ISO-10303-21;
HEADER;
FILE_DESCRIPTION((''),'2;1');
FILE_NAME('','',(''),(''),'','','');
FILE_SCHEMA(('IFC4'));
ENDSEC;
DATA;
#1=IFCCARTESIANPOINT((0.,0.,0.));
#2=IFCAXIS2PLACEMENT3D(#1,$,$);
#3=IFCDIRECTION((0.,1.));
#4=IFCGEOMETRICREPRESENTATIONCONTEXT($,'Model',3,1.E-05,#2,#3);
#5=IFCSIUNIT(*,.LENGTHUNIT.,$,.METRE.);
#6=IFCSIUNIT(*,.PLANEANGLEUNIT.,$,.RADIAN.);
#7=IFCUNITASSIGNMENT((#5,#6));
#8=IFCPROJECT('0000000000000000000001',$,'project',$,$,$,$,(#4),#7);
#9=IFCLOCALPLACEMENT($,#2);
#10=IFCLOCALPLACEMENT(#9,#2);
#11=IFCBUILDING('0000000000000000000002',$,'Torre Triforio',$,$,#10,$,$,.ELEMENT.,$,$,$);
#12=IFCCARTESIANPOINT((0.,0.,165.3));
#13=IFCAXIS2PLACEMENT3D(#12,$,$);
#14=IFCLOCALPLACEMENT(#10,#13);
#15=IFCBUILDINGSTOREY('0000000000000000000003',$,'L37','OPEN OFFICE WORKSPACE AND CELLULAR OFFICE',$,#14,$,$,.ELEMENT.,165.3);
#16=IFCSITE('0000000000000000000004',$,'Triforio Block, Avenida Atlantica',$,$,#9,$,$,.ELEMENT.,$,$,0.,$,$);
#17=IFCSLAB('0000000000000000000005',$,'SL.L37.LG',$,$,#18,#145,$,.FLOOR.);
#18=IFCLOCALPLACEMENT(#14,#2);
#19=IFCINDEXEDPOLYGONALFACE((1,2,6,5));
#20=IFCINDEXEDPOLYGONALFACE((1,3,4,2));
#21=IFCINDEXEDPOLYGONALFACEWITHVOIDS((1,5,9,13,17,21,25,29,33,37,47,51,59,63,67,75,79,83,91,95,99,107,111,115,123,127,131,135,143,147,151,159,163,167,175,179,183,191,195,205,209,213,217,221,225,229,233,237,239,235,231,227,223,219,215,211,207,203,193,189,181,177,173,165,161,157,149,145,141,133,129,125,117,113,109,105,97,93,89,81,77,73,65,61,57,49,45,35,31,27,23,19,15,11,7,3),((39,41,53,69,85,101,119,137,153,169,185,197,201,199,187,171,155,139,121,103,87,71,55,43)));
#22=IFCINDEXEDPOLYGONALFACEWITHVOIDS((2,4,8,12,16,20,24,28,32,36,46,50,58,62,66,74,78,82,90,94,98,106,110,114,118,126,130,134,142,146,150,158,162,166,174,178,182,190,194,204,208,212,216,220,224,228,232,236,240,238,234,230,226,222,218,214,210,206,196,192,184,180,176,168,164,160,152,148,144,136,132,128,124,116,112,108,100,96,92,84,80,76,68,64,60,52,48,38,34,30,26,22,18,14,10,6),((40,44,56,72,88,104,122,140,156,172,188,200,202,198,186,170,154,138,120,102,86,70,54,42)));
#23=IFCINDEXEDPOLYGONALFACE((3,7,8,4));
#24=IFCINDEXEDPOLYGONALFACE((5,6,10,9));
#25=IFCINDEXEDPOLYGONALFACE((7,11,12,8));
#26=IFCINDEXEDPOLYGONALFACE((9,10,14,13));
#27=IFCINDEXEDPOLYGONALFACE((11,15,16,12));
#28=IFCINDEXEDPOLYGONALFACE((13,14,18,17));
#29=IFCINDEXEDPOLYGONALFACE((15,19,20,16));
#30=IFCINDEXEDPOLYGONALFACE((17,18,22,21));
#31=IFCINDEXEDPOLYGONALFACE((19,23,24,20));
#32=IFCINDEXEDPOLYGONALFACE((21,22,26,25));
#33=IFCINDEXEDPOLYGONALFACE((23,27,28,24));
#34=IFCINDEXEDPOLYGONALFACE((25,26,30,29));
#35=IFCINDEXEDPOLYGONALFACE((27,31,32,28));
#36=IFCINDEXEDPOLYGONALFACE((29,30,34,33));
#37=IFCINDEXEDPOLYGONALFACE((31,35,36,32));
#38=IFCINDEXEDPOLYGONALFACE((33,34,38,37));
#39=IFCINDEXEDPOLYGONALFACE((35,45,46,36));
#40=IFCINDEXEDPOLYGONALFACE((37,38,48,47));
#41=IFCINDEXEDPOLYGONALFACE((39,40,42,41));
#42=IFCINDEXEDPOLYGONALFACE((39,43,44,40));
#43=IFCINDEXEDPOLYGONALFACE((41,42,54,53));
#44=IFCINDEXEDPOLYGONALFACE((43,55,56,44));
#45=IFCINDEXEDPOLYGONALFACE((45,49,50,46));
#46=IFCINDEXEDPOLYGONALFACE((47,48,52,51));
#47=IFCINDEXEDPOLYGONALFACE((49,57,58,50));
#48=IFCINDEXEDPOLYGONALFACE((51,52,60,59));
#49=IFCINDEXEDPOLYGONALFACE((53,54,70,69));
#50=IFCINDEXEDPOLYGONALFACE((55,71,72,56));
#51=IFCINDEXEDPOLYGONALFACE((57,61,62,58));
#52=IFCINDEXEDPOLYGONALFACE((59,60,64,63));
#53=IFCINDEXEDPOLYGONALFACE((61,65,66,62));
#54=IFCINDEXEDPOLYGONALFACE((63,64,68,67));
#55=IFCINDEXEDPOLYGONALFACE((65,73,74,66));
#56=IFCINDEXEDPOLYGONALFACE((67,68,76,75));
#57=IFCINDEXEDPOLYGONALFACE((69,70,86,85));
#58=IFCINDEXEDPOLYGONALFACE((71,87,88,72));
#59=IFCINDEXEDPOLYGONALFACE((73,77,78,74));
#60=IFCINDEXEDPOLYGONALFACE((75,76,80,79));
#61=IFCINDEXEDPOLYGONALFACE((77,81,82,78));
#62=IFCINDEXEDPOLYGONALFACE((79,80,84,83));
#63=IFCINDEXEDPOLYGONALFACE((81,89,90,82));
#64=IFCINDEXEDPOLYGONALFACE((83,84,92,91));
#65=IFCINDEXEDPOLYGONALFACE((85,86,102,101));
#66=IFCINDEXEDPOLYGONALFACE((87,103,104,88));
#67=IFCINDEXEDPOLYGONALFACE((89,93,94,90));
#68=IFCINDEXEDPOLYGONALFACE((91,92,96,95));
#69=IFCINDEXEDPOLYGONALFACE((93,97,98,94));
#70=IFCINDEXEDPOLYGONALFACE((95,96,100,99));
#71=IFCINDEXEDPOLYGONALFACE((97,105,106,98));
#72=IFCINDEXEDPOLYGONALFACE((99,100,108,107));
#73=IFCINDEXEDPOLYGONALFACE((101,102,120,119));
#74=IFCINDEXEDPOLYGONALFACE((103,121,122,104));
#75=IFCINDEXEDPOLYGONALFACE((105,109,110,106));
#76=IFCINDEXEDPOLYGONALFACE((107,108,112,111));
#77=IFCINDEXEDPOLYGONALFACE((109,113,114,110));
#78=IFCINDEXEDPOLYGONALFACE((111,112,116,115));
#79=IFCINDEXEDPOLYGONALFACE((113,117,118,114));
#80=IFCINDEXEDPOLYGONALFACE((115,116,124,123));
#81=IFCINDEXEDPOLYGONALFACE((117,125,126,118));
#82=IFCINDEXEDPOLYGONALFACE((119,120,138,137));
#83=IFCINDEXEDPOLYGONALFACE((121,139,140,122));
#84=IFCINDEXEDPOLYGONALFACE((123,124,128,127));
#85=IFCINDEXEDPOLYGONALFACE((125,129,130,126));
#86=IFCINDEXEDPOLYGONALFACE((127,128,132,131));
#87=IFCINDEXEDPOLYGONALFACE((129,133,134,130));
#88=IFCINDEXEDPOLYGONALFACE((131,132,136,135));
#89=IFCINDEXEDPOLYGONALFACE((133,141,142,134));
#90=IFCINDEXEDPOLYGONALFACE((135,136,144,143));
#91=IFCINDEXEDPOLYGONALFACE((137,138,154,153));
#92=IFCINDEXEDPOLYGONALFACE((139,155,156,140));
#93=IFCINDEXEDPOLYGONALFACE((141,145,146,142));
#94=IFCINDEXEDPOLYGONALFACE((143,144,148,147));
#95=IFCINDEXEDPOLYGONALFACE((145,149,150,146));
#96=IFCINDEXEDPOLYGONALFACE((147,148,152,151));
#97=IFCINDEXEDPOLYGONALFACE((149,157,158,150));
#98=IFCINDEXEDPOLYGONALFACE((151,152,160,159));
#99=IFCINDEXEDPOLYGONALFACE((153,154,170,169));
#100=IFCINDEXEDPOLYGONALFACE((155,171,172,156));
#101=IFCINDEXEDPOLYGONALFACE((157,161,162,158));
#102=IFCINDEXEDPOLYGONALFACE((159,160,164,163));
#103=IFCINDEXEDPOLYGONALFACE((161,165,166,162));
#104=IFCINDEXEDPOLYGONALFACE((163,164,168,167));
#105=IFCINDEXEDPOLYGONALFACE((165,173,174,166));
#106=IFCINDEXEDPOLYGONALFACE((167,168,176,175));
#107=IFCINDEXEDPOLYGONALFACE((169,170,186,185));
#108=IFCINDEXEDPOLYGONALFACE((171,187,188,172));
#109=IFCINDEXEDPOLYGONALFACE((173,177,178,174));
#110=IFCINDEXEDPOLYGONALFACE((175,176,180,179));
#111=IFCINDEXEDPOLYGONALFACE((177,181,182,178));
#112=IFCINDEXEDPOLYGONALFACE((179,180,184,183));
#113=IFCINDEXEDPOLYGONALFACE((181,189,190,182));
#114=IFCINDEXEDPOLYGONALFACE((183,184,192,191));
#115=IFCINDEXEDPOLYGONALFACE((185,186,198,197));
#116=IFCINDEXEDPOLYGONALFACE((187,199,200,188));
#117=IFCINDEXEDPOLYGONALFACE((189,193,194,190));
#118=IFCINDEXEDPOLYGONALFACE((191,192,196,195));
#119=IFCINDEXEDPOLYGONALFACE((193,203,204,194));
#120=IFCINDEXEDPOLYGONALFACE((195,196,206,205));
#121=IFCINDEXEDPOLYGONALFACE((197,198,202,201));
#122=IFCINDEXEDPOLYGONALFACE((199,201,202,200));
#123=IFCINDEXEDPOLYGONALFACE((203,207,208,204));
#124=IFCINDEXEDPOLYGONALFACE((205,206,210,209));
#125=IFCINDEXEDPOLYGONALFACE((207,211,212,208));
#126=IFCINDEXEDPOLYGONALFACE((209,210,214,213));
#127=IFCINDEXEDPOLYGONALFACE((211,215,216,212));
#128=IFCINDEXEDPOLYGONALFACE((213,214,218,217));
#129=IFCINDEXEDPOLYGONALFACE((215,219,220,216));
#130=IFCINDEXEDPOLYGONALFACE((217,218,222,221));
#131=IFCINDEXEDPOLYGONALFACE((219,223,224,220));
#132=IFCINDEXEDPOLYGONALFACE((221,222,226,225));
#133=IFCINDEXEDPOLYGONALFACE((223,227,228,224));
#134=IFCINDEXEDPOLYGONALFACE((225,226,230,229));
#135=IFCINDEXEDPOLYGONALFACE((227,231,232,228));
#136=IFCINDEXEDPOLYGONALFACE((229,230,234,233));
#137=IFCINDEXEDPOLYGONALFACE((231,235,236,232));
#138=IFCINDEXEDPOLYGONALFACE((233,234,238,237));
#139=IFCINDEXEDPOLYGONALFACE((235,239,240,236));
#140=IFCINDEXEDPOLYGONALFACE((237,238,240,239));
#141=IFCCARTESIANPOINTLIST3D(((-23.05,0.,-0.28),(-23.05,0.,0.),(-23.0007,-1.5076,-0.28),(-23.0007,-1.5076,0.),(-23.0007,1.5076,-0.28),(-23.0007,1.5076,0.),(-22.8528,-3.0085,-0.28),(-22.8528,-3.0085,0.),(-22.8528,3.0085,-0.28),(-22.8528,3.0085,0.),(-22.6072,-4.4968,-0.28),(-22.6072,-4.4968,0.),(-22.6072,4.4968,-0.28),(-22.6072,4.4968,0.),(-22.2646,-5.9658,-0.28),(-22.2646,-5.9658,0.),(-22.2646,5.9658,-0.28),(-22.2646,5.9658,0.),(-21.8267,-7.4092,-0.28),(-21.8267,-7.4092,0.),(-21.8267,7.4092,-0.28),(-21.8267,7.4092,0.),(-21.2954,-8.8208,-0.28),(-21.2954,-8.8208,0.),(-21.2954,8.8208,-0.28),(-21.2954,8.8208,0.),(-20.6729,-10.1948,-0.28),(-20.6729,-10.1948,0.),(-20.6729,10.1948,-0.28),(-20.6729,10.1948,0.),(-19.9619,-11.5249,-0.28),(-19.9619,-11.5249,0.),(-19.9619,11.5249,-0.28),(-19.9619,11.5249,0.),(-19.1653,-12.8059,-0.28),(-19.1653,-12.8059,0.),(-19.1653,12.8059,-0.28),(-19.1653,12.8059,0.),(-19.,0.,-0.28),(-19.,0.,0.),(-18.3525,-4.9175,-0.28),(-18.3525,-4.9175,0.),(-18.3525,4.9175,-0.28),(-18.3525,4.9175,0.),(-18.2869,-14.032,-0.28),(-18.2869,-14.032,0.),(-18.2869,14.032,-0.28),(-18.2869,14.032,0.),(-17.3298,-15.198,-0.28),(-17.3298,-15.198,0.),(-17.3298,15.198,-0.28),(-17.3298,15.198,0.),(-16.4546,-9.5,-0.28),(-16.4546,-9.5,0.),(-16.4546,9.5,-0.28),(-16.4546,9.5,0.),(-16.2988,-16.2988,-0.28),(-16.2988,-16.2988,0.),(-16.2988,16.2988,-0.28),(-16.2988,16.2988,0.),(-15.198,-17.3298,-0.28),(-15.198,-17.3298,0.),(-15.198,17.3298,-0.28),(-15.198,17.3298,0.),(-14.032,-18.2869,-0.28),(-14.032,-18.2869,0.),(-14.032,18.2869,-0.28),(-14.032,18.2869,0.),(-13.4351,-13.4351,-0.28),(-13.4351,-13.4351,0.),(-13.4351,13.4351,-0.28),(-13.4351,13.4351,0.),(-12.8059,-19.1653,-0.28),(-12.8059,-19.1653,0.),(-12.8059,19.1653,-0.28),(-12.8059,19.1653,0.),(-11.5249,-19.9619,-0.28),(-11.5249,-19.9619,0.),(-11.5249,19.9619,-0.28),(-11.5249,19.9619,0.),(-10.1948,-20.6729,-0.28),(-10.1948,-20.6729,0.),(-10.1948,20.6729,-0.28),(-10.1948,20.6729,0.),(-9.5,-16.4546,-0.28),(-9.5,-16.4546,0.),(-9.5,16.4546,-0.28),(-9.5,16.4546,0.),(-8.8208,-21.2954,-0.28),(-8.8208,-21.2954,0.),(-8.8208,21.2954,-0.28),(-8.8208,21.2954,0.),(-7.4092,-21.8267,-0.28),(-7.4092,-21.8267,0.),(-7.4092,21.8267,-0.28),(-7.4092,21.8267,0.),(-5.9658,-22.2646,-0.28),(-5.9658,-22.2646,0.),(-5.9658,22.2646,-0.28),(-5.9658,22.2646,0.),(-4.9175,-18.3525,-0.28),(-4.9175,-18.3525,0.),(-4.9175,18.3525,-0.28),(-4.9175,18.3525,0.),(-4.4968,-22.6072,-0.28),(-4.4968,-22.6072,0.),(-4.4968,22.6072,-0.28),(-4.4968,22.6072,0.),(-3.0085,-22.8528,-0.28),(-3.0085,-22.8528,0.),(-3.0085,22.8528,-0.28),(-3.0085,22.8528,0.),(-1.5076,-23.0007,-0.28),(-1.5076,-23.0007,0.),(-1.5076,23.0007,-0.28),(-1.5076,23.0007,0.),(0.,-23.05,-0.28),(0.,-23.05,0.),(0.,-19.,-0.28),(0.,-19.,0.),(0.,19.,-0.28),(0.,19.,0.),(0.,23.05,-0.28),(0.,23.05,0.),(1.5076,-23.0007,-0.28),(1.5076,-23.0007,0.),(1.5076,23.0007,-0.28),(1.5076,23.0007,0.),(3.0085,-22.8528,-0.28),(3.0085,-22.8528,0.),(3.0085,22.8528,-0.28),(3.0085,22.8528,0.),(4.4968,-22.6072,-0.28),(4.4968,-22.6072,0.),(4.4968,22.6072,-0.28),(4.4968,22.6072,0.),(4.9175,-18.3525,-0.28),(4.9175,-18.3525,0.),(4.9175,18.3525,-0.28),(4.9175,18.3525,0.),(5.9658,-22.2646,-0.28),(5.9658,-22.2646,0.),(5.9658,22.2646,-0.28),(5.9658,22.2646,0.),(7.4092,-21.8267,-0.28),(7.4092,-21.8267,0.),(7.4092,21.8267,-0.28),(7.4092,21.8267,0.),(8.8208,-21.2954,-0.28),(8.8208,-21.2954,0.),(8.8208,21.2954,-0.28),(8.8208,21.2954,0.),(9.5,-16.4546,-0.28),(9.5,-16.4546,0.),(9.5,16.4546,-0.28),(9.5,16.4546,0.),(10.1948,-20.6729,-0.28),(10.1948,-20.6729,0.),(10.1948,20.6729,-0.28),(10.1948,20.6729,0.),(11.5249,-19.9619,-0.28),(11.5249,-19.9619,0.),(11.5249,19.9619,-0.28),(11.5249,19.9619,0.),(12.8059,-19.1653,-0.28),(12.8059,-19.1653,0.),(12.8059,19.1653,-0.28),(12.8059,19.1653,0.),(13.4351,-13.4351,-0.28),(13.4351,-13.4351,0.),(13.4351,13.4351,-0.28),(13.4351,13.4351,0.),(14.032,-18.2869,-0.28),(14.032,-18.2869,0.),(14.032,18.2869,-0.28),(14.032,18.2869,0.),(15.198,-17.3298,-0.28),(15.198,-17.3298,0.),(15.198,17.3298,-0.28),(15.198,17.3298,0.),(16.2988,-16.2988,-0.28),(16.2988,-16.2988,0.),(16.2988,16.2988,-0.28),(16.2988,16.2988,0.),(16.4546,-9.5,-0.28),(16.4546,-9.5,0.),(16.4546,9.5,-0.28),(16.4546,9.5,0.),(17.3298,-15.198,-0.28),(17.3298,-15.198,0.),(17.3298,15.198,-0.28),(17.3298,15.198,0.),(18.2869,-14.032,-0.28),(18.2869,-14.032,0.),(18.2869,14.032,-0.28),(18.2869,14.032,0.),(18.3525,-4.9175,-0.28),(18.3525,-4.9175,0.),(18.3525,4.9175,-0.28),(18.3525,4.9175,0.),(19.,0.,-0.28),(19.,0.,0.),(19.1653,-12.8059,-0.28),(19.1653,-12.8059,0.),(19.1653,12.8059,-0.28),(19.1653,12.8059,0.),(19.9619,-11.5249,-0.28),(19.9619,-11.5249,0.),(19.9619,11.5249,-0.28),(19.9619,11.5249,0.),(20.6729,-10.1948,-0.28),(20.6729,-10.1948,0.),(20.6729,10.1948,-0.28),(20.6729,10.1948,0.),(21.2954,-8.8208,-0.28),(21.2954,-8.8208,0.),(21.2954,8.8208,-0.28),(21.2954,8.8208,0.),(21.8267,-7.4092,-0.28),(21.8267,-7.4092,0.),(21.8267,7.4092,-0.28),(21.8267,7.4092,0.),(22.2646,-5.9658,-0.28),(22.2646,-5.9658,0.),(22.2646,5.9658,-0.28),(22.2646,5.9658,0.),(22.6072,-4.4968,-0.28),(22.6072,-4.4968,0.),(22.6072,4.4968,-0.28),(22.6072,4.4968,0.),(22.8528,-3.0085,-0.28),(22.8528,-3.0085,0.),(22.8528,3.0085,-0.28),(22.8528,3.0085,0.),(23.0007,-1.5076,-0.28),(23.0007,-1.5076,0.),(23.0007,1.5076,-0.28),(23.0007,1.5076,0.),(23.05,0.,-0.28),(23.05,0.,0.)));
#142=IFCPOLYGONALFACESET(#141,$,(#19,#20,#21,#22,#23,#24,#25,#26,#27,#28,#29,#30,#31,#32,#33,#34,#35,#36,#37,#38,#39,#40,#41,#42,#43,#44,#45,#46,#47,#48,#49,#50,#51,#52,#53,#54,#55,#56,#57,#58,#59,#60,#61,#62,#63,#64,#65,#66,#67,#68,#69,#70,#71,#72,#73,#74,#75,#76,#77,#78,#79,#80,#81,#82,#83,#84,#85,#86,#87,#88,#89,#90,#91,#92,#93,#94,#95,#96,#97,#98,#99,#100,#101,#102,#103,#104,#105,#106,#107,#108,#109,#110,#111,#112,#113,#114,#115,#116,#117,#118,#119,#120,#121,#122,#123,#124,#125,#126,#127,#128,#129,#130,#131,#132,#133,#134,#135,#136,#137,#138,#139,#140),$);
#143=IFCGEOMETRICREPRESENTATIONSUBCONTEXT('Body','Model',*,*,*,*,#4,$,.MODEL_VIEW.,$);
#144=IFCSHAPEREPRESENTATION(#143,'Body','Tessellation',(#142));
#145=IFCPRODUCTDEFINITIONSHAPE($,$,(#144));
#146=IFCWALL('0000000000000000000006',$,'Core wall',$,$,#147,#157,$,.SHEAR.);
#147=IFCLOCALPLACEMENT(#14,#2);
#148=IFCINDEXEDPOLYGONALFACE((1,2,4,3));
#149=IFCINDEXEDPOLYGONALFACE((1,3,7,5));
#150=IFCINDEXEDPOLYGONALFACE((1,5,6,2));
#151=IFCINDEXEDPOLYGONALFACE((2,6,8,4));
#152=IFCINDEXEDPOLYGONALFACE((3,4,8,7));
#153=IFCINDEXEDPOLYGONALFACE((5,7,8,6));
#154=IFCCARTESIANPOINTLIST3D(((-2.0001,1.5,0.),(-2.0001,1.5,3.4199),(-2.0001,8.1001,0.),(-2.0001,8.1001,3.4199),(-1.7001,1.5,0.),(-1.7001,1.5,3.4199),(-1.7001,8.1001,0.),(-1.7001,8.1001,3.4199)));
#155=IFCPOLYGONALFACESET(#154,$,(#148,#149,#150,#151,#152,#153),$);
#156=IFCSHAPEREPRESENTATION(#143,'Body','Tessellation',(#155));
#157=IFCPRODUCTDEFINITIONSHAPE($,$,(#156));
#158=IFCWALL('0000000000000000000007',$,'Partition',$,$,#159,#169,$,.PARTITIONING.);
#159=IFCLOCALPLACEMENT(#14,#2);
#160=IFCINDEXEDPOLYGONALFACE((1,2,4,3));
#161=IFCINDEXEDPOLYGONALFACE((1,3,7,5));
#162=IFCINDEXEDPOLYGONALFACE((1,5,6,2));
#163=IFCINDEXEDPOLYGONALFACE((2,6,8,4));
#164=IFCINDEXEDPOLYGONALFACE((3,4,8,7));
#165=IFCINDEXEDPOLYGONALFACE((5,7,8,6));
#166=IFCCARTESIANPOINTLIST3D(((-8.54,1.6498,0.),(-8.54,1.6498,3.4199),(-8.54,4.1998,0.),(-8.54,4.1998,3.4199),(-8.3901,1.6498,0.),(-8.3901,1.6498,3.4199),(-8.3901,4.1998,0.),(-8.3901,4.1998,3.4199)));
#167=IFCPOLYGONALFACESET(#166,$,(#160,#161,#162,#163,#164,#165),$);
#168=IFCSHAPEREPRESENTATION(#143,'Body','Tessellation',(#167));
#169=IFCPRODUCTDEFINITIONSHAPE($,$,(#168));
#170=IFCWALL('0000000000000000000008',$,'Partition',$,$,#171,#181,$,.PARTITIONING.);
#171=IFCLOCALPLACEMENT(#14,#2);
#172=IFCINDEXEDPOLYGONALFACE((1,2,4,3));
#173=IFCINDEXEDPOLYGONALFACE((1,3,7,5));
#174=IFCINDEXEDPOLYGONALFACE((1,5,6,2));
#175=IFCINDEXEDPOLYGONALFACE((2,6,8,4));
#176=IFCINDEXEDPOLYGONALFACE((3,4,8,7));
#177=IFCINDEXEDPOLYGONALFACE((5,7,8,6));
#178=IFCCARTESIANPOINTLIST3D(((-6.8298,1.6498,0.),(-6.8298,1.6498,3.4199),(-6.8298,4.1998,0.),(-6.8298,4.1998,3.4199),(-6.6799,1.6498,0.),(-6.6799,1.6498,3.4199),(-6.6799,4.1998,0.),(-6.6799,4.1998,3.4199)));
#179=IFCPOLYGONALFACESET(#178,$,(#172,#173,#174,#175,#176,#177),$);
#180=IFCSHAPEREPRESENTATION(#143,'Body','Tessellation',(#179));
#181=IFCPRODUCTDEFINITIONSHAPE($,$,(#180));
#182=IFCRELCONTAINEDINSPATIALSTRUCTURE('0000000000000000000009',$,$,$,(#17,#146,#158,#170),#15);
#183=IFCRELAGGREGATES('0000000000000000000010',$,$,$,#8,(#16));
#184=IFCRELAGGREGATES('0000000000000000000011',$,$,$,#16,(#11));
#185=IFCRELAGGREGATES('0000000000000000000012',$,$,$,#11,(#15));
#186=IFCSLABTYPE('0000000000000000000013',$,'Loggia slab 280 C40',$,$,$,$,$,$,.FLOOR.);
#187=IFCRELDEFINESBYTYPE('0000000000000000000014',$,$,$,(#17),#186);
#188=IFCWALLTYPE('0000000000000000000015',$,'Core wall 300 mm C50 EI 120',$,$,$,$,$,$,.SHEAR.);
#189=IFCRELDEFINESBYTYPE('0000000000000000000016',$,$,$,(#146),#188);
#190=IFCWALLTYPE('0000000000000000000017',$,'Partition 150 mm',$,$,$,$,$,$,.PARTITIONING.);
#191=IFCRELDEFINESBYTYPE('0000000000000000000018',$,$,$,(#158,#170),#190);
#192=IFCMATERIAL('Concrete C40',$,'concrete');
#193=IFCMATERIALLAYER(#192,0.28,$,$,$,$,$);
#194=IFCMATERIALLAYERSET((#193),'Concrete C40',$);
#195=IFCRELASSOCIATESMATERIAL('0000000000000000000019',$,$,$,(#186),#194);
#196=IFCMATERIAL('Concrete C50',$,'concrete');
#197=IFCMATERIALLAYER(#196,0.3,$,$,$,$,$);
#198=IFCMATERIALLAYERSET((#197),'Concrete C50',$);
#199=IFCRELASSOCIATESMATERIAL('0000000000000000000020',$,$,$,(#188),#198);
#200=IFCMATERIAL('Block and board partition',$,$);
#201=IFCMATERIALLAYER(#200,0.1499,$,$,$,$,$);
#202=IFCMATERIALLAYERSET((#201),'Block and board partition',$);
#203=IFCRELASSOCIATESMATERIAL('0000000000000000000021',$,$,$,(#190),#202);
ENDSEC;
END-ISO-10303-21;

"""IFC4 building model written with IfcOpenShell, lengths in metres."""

from ifc_helpers import new_model, si_unit, direction, frame, frame_2d, origin, place, context, subcontext, project, spatial, polyline, rectangle, outline, extrude, material, layer, layer_set, type_object, element, save


model = new_model("IFC4")

# Units and contexts
model_context = context("Model", 3, precision=1e-05, world=origin(), true_north=direction((0.0, 1.0)))
body_context = subcontext(model_context, "Body", "Model", "MODEL_VIEW")
ifc_project = project(units=[si_unit("LENGTHUNIT", "METRE"), si_unit("PLANEANGLEUNIT", "RADIAN")], contexts=[model_context])

# Site, building, storey
site_placement = place(None, origin())
site = spatial("IfcSite", under=ifc_project, at=site_placement, Name="Triforio Block, Avenida Atlantica", CompositionType="ELEMENT", RefElevation=0.0)
building_placement = place(site_placement, origin())
building = spatial("IfcBuilding", under=site, at=building_placement, Name="Torre Triforio", CompositionType="ELEMENT")
storey_placement = place(building_placement, frame((0.0, 0.0, 165.3)))
storey = spatial("IfcBuildingStorey", under=building, at=storey_placement, Name="L37", Description="OPEN OFFICE WORKSPACE AND CELLULAR OFFICE", CompositionType="ELEMENT", Elevation=165.3)

# Shared definitions
ifc_material_1 = material(Name="Concrete C40", Category="concrete")

# Slab
ifc_layer_1 = layer(ifc_material_1, 0.28)
ifc_layer_set_1 = layer_set([ifc_layer_1], Name="Concrete C40")
slab_type_1 = type_object("IfcSlabType", Name="Loggia slab 280 C40", PredefinedType="FLOOR", material=ifc_layer_set_1)
slab_1_placement = place(storey_placement, frame((0.0, 0.0, -0.28)))
element("IfcSlab", 1, at=slab_1_placement, inside=storey, type_object=slab_type_1, Name="SL.L37.LG", PredefinedType="FLOOR", context=body_context, shape_type="SweptSolid", body=[
    extrude(outline(polyline([(23.0007, -1.5076), (23.05, 0.0), (23.0007, 1.5076), (22.8528, 3.0085), (22.6072, 4.4968), (22.2646, 5.9658), (21.8267, 7.4092), (21.2954, 8.8208), (20.6729, 10.1948), (19.9619, 11.5249), (19.1653, 12.8059), (18.2869, 14.032), (17.3298, 15.198), (16.2988, 16.2988), (15.198, 17.3298), (14.032, 18.2869), (12.8059, 19.1653), (11.5249, 19.9619), (10.1948, 20.6729), (8.8208, 21.2954), (7.4092, 21.8267), (5.9658, 22.2646), (4.4968, 22.6072), (3.0085, 22.8528), (1.5076, 23.0007), (0.0, 23.05), (-1.5076, 23.0007), (-3.0085, 22.8528), (-4.4968, 22.6072), (-5.9658, 22.2646), (-7.4092, 21.8267), (-8.8208, 21.2954), (-10.1948, 20.6729), (-11.5249, 19.9619), (-12.8059, 19.1653), (-14.032, 18.2869), (-15.198, 17.3298), (-16.2988, 16.2988), (-17.3298, 15.198), (-18.2869, 14.032), (-19.1653, 12.8059), (-19.9619, 11.5249), (-20.6729, 10.1948), (-21.2954, 8.8208), (-21.8267, 7.4092), (-22.2646, 5.9658), (-22.6072, 4.4968), (-22.8528, 3.0085), (-23.0007, 1.5076), (-23.05, 0.0), (-23.0007, -1.5076), (-22.8528, -3.0085), (-22.6072, -4.4968), (-22.2646, -5.9658), (-21.8267, -7.4092), (-21.2954, -8.8208), (-20.6729, -10.1948), (-19.9619, -11.5249), (-19.1653, -12.8059), (-18.2869, -14.032), (-17.3298, -15.198), (-16.2988, -16.2988), (-15.198, -17.3298), (-14.032, -18.2869), (-12.8059, -19.1653), (-11.5249, -19.9619), (-10.1948, -20.6729), (-8.8208, -21.2954), (-7.4092, -21.8267), (-5.9658, -22.2646), (-4.4968, -22.6072), (-3.0085, -22.8528), (-1.5076, -23.0007), (0.0, -23.05), (1.5076, -23.0007), (3.0085, -22.8528), (4.4968, -22.6072), (5.9658, -22.2646), (7.4092, -21.8267), (8.8208, -21.2954), (10.1948, -20.6729), (11.5249, -19.9619), (12.8059, -19.1653), (14.032, -18.2869), (15.198, -17.3298), (16.2988, -16.2988), (17.3298, -15.198), (18.2869, -14.032), (19.1653, -12.8059), (19.9619, -11.5249), (20.6729, -10.1948), (21.2954, -8.8208), (21.8267, -7.4092), (22.2646, -5.9658), (22.6072, -4.4968), (22.8528, -3.0085), (23.0007, -1.5076)]), holes=[polyline([(18.3525, 4.9175), (19.0, 0.0), (18.3525, -4.9175), (16.4546, -9.5), (13.4351, -13.4351), (9.5, -16.4546), (4.9175, -18.3525), (0.0, -19.0), (-4.9175, -18.3525), (-9.5, -16.4546), (-13.4351, -13.4351), (-16.4546, -9.5), (-18.3525, -4.9175), (-19.0, 0.0), (-18.3525, 4.9175), (-16.4546, 9.5), (-13.4351, 13.4351), (-9.5, 16.4546), (-4.9175, 18.3525), (0.0, 19.0), (4.9175, 18.3525), (9.5, 16.4546), (13.4351, 13.4351), (16.4546, 9.5), (18.3525, 4.9175)])]), origin(), (0.0, 0.0, 1.0), 0.28),
])

# Walls
ifc_material_2 = material(Name="Concrete C50", Category="concrete")
ifc_layer_2 = layer(ifc_material_2, 0.3)
ifc_layer_set_2 = layer_set([ifc_layer_2], Name="Concrete C50")
wall_type_1 = type_object("IfcWallType", Name="Core wall 300 mm C50 EI 120", PredefinedType="SHEAR", material=ifc_layer_set_2)
wall_1_placement = place(storey_placement, frame((-1.8501, 1.5, 0.0), z_axis=(0.0, 0.0, 1.0), x_axis=(0.0, 1.0, 0.0)))
element("IfcWall", 2, at=wall_1_placement, inside=storey, type_object=wall_type_1, Name="Core wall", PredefinedType="SHEAR", context=body_context, shape_type="SweptSolid", body=[
    extrude(rectangle(XDim=6.6001, YDim=0.3, at=frame_2d((3.3, 0.0))), origin(), (0.0, 0.0, 1.0), 3.4199),
])
ifc_material_3 = material(Name="Block and board partition")
ifc_layer_3 = layer(ifc_material_3, 0.1499)
ifc_layer_set_3 = layer_set([ifc_layer_3], Name="Block and board partition")
wall_type_2 = type_object("IfcWallType", Name="Partition 150 mm", PredefinedType="PARTITIONING", material=ifc_layer_set_3)
for number, where, z_axis, x_axis, name in (
    (3, (-8.4651, 1.6499, 0.0), (0.0, 0.0, 1.0), (0.0, 1.0, 0.0), "Partition"),
    (4, (-6.7549, 1.6499, 0.0), (0.0, 0.0, 1.0), (0.0, 1.0, 0.0), "Partition"),
):
    element("IfcWall", number, at=place(storey_placement, frame(where, z_axis=z_axis, x_axis=x_axis)), inside=storey, type_object=wall_type_2, Name=name, PredefinedType="PARTITIONING", context=body_context, shape_type="SweptSolid", body=[
        extrude(rectangle(XDim=2.55, YDim=0.1499, at=frame_2d((1.2749, 0.0))), origin(), (0.0, 0.0, 1.0), 3.4199),
    ])

save(model, "model.ifc")
